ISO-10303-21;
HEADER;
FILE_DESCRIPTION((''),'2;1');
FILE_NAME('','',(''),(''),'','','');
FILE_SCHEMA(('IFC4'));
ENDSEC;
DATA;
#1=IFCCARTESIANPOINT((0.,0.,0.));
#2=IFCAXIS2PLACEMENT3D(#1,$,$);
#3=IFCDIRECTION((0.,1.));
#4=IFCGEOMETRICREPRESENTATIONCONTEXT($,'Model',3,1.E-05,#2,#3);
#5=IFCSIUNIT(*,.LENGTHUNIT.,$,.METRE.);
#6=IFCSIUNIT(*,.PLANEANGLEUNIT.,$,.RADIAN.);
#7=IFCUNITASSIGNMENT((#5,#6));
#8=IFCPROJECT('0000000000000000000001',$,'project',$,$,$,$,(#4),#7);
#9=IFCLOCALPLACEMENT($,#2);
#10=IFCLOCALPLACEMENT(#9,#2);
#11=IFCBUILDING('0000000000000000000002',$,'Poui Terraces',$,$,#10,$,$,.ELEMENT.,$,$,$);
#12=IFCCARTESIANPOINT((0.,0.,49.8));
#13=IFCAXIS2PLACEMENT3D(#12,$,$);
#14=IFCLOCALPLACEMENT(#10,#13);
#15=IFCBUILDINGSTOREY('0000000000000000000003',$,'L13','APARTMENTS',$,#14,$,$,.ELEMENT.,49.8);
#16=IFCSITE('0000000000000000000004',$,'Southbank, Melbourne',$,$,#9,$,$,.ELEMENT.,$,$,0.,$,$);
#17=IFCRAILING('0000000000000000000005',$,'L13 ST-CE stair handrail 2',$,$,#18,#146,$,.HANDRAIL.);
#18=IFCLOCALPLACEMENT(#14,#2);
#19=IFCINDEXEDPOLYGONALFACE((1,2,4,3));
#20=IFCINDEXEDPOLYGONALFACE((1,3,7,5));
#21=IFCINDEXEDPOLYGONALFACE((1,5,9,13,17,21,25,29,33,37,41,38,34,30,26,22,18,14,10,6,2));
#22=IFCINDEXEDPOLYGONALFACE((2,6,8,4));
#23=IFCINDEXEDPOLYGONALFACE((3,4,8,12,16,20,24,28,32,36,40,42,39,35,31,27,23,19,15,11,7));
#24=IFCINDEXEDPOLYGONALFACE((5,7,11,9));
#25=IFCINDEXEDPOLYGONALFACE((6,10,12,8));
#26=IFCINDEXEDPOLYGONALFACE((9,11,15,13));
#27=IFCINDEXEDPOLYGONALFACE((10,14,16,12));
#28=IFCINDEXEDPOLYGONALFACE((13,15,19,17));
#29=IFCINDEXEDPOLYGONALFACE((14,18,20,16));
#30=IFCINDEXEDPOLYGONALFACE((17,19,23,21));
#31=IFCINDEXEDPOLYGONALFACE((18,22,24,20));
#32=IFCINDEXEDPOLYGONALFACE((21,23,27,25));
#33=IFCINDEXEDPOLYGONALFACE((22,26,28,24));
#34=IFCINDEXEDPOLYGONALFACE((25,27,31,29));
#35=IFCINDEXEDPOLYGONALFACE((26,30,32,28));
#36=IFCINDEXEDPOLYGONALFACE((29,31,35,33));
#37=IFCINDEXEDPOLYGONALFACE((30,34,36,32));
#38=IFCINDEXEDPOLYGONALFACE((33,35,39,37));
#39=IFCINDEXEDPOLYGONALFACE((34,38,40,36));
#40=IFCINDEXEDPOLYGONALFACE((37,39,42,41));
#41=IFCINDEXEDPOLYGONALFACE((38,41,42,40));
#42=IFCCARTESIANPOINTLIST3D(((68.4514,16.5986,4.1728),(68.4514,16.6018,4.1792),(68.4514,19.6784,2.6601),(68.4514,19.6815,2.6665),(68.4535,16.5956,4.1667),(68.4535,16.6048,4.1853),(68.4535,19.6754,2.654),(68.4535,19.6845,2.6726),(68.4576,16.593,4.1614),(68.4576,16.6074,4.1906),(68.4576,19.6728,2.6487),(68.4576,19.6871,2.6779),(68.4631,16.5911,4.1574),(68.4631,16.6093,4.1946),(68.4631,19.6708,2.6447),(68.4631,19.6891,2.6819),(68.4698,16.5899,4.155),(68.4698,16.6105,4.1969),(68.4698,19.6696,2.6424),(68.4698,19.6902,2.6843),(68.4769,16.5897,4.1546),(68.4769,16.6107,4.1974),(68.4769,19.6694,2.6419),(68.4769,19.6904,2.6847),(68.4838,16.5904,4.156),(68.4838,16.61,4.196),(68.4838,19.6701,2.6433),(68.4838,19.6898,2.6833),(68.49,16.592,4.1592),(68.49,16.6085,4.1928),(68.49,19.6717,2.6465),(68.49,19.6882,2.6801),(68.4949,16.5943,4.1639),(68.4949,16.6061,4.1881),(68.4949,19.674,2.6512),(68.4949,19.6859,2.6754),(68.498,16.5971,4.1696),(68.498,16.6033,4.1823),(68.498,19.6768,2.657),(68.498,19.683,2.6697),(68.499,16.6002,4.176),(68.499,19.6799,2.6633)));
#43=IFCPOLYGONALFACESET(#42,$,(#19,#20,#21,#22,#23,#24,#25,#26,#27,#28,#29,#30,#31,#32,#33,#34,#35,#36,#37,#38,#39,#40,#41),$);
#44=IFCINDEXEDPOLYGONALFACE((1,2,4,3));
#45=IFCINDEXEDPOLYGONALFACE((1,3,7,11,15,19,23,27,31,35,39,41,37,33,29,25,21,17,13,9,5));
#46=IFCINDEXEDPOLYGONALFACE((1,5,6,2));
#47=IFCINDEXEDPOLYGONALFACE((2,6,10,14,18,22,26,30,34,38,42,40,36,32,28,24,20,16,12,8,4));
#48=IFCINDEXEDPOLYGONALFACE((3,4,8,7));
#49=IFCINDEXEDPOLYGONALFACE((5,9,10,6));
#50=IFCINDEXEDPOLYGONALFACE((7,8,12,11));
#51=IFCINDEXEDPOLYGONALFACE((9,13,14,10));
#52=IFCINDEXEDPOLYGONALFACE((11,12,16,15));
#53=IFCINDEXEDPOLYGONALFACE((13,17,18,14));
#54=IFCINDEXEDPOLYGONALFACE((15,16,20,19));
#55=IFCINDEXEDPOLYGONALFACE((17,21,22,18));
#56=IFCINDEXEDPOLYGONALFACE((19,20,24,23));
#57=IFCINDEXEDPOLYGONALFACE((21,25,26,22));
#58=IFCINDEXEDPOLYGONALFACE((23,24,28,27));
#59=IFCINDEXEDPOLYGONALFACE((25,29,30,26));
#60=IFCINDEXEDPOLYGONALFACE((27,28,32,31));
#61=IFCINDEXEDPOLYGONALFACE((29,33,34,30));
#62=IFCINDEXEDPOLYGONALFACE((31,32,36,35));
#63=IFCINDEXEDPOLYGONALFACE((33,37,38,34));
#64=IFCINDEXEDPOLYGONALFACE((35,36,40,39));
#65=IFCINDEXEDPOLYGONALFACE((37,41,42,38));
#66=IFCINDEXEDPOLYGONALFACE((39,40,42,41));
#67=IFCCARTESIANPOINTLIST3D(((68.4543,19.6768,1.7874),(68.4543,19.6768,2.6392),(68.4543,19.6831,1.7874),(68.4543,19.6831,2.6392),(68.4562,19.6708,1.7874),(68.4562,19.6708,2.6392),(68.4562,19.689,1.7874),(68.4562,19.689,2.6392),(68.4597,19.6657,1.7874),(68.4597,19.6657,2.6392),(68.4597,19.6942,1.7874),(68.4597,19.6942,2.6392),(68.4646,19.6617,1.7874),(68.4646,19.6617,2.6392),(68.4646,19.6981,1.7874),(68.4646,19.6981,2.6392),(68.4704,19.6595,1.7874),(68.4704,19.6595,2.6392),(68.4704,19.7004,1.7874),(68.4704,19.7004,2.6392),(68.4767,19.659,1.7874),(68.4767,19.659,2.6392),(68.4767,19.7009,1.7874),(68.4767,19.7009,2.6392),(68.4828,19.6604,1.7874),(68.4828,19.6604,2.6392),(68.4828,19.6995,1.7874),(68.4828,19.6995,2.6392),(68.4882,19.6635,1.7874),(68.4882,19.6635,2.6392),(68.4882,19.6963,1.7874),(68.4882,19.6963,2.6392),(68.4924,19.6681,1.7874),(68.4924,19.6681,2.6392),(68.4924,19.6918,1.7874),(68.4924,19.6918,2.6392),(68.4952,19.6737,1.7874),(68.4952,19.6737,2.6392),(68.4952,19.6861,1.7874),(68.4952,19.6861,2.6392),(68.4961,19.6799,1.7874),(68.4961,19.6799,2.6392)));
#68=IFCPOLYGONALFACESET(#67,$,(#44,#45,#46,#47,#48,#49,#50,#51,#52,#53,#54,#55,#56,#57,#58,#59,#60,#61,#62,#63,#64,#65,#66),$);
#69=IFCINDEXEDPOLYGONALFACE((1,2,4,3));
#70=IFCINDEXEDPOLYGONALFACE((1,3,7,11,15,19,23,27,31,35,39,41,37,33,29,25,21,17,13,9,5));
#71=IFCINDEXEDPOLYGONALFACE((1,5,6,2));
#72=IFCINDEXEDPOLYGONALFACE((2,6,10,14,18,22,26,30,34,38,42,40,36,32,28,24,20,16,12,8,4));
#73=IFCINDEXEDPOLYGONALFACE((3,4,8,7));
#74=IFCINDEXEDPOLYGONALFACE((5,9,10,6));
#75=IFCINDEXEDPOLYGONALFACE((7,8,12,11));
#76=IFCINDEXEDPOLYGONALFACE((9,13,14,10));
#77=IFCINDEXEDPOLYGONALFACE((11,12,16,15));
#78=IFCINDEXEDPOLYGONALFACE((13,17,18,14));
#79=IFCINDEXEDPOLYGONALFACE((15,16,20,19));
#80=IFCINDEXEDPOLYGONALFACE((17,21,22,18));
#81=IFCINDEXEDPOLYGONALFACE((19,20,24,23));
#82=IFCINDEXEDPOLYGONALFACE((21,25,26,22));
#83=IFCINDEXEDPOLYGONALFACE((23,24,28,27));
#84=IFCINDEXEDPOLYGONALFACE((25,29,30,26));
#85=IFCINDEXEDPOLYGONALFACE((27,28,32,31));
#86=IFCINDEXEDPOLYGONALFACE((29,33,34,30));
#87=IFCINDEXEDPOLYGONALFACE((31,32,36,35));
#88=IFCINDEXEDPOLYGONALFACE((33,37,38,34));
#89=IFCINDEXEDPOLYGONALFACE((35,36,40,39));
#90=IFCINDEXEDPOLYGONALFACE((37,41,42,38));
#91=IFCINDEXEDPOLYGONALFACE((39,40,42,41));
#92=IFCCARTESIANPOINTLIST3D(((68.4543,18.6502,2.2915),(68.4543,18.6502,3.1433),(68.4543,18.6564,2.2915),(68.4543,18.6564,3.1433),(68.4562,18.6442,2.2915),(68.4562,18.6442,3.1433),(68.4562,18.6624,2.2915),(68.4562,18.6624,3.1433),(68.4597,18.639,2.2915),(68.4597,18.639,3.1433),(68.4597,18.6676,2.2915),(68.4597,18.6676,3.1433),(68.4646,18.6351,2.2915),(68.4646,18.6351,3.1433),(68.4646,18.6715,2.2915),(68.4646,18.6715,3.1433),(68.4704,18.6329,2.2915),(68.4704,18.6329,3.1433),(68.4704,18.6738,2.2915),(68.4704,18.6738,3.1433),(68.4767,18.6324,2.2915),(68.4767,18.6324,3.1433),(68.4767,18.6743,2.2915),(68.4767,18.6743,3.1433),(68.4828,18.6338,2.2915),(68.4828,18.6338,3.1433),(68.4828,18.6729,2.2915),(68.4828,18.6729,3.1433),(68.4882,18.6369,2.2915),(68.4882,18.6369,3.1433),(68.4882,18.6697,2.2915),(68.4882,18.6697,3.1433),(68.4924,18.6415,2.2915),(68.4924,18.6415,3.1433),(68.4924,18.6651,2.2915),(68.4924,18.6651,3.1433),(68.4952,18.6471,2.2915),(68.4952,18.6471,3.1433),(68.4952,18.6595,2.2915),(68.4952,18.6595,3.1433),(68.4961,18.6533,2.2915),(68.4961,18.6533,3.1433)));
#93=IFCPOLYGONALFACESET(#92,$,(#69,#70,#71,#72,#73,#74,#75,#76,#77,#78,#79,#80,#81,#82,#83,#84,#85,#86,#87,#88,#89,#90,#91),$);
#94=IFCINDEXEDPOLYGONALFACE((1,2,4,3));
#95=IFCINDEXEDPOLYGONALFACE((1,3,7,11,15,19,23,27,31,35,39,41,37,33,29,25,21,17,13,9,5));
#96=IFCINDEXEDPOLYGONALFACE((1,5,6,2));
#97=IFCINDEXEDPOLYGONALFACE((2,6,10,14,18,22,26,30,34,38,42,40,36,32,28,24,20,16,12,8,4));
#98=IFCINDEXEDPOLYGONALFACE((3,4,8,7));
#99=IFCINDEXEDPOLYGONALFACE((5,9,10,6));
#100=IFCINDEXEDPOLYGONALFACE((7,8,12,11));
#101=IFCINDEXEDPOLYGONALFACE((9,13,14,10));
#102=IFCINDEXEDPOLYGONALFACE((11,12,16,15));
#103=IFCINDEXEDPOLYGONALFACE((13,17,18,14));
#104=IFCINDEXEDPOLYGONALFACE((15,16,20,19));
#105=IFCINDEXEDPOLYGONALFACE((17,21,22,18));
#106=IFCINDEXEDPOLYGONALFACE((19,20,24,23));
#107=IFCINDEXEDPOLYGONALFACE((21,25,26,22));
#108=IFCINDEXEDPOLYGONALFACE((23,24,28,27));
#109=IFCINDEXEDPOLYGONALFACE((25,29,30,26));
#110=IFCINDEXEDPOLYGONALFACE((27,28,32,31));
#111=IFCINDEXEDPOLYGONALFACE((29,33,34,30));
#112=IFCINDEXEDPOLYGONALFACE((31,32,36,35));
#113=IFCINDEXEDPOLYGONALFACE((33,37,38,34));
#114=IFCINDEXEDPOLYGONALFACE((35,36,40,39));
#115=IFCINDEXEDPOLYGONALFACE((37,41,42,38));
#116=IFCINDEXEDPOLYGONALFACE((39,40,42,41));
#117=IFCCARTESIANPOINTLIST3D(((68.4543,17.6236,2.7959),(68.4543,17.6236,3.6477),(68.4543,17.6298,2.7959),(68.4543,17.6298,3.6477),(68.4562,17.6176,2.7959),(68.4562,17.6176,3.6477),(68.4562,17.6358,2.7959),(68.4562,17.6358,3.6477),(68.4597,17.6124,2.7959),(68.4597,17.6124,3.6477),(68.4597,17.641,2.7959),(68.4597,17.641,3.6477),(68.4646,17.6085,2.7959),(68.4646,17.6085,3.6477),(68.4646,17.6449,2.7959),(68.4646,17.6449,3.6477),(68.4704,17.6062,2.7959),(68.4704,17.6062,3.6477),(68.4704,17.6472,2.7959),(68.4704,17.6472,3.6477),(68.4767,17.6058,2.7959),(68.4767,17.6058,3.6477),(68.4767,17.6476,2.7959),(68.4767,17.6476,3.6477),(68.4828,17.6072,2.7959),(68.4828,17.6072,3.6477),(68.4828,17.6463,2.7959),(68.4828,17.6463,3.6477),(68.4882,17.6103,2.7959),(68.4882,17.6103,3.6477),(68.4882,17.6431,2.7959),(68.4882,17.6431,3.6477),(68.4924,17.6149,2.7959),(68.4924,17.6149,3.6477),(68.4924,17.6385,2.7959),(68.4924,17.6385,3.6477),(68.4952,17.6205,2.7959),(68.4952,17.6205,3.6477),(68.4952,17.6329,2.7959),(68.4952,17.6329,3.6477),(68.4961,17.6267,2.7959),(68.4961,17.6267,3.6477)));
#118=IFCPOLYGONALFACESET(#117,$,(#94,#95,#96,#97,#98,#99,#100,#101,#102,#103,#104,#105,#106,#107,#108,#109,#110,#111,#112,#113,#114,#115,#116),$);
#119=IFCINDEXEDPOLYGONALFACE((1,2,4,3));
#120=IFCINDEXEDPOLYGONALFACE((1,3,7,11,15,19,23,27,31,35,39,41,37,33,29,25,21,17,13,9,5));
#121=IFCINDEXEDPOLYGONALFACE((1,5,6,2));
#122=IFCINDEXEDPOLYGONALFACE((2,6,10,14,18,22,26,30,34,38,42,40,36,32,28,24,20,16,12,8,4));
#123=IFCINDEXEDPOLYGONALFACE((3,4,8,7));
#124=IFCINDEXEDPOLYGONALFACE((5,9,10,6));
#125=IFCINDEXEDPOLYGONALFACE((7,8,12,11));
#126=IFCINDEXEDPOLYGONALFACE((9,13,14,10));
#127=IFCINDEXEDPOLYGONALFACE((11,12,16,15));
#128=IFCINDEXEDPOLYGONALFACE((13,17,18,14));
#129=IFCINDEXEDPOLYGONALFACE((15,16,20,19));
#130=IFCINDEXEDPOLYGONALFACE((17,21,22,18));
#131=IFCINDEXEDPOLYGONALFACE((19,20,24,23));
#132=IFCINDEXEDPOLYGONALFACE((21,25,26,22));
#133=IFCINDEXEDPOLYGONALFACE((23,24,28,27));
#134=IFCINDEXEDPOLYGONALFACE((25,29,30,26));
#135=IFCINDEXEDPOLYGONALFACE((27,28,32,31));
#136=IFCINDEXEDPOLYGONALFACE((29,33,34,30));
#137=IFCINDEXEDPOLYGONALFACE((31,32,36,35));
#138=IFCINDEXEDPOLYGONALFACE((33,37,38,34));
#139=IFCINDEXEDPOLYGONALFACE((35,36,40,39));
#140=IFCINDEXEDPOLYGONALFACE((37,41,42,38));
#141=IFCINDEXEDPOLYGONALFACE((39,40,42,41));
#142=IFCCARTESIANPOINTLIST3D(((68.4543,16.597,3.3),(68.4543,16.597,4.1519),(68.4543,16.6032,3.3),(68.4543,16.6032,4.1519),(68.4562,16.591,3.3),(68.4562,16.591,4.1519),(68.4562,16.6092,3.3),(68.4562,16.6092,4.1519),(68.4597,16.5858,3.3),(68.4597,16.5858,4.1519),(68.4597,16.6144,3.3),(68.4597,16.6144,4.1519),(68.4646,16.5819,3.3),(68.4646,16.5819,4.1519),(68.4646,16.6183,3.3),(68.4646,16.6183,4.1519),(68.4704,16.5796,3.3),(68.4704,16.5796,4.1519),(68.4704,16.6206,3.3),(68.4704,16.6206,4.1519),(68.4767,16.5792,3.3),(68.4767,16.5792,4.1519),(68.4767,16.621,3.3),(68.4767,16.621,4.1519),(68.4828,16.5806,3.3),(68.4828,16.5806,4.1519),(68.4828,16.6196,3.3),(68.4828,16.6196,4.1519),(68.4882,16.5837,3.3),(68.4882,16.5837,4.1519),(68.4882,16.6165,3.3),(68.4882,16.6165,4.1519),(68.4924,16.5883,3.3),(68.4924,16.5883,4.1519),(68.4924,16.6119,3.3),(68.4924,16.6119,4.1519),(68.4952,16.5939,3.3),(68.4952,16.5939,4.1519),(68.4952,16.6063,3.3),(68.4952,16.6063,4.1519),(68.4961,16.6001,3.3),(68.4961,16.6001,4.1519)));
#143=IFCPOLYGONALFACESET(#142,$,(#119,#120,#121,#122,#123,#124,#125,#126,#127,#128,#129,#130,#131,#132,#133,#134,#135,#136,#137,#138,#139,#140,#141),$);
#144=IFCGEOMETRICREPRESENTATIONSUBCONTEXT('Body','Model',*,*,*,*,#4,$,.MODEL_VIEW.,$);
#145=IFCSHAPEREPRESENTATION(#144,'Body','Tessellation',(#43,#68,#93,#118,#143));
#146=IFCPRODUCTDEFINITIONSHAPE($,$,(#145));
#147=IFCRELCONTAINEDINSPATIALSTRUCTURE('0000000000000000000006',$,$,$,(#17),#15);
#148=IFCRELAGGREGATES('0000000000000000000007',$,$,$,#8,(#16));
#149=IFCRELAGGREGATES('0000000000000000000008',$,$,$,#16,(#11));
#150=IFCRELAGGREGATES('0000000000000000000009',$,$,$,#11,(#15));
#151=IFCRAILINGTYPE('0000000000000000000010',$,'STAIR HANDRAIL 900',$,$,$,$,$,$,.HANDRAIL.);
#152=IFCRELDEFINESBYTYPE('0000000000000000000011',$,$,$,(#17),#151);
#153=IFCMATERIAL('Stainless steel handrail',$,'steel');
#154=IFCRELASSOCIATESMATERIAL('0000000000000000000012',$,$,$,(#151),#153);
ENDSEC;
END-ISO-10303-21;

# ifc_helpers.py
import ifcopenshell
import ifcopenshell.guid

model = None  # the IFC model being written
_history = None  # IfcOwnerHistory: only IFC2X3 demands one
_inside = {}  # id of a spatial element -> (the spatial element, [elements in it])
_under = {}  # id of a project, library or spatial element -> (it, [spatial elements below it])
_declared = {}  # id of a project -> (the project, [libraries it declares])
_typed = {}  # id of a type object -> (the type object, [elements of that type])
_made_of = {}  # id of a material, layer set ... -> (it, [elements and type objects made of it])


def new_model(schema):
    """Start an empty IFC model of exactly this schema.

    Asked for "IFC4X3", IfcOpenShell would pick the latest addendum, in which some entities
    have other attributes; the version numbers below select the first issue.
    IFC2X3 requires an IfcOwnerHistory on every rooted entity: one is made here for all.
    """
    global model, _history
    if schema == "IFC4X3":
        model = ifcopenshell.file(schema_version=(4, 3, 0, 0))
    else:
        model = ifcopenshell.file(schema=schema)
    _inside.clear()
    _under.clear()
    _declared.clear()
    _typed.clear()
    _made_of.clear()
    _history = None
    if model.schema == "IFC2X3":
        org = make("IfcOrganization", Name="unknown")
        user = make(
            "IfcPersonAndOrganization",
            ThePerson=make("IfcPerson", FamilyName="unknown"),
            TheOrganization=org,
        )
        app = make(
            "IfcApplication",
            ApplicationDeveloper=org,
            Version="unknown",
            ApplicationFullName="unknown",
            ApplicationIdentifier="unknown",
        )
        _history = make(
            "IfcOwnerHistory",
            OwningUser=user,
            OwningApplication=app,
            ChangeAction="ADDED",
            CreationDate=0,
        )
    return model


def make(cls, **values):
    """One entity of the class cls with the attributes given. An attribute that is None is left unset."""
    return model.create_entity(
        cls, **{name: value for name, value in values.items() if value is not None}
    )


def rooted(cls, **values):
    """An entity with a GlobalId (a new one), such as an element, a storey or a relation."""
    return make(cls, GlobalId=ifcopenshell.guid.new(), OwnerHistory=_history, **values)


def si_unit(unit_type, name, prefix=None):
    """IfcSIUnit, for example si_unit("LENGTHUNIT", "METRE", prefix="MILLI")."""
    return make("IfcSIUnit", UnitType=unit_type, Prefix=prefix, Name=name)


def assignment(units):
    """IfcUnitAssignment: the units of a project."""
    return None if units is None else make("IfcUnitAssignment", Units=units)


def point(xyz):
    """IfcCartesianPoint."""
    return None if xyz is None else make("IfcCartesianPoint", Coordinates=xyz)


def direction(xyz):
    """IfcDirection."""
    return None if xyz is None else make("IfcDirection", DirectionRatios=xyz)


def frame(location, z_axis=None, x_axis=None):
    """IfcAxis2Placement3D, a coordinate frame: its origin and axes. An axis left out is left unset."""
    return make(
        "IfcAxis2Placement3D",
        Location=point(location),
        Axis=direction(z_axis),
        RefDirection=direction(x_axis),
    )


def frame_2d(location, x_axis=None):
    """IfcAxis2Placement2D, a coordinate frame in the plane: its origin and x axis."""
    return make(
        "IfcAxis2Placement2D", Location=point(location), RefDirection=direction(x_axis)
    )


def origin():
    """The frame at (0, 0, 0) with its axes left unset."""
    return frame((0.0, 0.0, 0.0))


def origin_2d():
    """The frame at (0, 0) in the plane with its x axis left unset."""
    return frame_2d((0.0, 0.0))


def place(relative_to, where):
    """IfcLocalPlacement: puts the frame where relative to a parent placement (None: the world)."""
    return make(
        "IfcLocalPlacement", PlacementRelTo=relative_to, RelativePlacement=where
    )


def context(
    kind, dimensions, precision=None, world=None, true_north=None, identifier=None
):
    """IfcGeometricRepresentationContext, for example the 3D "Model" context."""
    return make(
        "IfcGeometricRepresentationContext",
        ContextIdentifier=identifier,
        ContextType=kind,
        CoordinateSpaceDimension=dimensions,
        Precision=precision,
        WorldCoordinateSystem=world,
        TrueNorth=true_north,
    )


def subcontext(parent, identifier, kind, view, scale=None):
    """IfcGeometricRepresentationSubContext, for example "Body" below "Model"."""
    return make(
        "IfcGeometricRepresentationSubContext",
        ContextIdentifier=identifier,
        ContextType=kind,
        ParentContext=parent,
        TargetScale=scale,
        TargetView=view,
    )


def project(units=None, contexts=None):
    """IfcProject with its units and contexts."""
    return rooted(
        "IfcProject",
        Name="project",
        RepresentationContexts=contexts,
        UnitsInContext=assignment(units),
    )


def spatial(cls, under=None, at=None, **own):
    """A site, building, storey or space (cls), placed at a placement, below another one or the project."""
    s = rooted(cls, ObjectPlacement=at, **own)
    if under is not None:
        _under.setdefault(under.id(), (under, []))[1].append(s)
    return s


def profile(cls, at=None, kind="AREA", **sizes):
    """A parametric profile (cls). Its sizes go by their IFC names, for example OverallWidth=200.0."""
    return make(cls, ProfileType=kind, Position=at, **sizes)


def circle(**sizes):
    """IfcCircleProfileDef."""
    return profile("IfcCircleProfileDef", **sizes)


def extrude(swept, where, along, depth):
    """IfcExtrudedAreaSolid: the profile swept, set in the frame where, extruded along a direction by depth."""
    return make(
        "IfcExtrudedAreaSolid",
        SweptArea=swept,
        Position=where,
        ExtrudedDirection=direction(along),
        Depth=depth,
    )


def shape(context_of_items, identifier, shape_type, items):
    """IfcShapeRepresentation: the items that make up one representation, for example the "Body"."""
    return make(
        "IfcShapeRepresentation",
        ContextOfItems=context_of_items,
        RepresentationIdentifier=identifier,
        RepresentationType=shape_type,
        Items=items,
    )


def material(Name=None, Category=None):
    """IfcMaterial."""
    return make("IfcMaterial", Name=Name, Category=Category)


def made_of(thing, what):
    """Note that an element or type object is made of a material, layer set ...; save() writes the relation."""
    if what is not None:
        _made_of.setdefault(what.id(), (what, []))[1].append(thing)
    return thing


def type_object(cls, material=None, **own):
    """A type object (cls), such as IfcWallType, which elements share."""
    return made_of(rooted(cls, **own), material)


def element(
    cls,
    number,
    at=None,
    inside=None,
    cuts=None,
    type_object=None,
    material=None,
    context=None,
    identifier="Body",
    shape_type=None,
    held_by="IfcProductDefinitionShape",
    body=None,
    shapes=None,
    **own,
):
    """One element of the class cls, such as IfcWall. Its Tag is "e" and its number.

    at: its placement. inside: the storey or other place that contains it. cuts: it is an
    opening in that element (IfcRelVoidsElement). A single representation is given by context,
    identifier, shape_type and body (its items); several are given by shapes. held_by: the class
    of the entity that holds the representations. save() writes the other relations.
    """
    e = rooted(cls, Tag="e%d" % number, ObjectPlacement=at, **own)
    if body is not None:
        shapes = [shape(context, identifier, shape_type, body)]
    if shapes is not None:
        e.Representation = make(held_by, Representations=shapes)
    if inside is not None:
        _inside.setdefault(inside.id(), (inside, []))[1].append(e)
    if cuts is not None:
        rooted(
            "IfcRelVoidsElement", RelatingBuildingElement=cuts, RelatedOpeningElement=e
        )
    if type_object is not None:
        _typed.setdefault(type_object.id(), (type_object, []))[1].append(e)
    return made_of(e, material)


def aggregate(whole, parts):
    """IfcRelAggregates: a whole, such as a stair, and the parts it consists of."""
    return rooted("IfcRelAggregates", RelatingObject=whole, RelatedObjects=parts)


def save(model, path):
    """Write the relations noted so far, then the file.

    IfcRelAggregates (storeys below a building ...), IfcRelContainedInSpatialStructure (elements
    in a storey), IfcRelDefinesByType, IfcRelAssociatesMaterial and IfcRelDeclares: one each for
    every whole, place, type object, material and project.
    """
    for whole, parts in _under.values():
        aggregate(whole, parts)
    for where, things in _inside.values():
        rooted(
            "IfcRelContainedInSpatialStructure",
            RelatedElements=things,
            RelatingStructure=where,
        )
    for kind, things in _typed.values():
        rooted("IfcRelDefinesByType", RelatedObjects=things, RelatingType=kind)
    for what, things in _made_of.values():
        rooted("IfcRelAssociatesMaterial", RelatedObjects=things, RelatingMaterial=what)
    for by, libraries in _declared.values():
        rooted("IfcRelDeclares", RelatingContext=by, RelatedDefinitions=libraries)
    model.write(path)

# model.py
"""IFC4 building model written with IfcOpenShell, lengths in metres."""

from ifc_helpers import new_model, si_unit, direction, frame, origin, origin_2d, place, context, subcontext, project, spatial, circle, extrude, material, type_object, element, save


model = new_model("IFC4")

# Units and contexts
model_context = context("Model", 3, precision=1e-05, world=origin(), true_north=direction((0.0, 1.0)))
body_context = subcontext(model_context, "Body", "Model", "MODEL_VIEW")
ifc_project = project(units=[si_unit("LENGTHUNIT", "METRE"), si_unit("PLANEANGLEUNIT", "RADIAN")], contexts=[model_context])

# Site, building, storey
site_placement = place(None, origin())
site = spatial("IfcSite", under=ifc_project, at=site_placement, Name="Southbank, Melbourne", CompositionType="ELEMENT", RefElevation=0.0)
building_placement = place(site_placement, origin())
building = spatial("IfcBuilding", under=site, at=building_placement, Name="Poui Terraces", CompositionType="ELEMENT")
storey_placement = place(building_placement, frame((0.0, 0.0, 49.8)))
storey = spatial("IfcBuildingStorey", under=building, at=storey_placement, Name="L13", Description="APARTMENTS", CompositionType="ELEMENT", Elevation=49.8)

# Railing
ifc_material_1 = material(Name="Stainless steel handrail", Category="steel")
railing_type_1 = type_object("IfcRailingType", Name="STAIR HANDRAIL 900", PredefinedType="HANDRAIL", material=ifc_material_1)
railing_1_placement = place(storey_placement, frame((68.4751, 19.6799, 1.7874)))
element("IfcRailing", 1, at=railing_1_placement, inside=storey, type_object=railing_type_1, Name="L13 ST-CE stair handrail 2", PredefinedType="HANDRAIL", context=body_context, shape_type="SweptSolid", body=[
    extrude(circle(Radius=0.0239, at=origin_2d()), frame((0.0, 0.0, 0.876), z_axis=(0.0, -0.897578, 0.440856), x_axis=(1.0, 0.0, 0.0)), (0.0, 0.0, 1.0), 3.4312),
    extrude(circle(Radius=0.021, at=origin_2d()), origin(), (0.0, 0.0, 1.0), 0.8518),
    extrude(circle(Radius=0.021, at=origin_2d()), frame((0.0, -1.0266, 0.5042)), (0.0, 0.0, 1.0), 0.8518),
    extrude(circle(Radius=0.021, at=origin_2d()), frame((0.0, -2.0532, 1.0085)), (0.0, 0.0, 1.0), 0.8518),
    extrude(circle(Radius=0.021, at=origin_2d()), frame((0.0, -3.0798, 1.5127)), (0.0, 0.0, 1.0), 0.8518),
])

save(model, "model.ifc")
